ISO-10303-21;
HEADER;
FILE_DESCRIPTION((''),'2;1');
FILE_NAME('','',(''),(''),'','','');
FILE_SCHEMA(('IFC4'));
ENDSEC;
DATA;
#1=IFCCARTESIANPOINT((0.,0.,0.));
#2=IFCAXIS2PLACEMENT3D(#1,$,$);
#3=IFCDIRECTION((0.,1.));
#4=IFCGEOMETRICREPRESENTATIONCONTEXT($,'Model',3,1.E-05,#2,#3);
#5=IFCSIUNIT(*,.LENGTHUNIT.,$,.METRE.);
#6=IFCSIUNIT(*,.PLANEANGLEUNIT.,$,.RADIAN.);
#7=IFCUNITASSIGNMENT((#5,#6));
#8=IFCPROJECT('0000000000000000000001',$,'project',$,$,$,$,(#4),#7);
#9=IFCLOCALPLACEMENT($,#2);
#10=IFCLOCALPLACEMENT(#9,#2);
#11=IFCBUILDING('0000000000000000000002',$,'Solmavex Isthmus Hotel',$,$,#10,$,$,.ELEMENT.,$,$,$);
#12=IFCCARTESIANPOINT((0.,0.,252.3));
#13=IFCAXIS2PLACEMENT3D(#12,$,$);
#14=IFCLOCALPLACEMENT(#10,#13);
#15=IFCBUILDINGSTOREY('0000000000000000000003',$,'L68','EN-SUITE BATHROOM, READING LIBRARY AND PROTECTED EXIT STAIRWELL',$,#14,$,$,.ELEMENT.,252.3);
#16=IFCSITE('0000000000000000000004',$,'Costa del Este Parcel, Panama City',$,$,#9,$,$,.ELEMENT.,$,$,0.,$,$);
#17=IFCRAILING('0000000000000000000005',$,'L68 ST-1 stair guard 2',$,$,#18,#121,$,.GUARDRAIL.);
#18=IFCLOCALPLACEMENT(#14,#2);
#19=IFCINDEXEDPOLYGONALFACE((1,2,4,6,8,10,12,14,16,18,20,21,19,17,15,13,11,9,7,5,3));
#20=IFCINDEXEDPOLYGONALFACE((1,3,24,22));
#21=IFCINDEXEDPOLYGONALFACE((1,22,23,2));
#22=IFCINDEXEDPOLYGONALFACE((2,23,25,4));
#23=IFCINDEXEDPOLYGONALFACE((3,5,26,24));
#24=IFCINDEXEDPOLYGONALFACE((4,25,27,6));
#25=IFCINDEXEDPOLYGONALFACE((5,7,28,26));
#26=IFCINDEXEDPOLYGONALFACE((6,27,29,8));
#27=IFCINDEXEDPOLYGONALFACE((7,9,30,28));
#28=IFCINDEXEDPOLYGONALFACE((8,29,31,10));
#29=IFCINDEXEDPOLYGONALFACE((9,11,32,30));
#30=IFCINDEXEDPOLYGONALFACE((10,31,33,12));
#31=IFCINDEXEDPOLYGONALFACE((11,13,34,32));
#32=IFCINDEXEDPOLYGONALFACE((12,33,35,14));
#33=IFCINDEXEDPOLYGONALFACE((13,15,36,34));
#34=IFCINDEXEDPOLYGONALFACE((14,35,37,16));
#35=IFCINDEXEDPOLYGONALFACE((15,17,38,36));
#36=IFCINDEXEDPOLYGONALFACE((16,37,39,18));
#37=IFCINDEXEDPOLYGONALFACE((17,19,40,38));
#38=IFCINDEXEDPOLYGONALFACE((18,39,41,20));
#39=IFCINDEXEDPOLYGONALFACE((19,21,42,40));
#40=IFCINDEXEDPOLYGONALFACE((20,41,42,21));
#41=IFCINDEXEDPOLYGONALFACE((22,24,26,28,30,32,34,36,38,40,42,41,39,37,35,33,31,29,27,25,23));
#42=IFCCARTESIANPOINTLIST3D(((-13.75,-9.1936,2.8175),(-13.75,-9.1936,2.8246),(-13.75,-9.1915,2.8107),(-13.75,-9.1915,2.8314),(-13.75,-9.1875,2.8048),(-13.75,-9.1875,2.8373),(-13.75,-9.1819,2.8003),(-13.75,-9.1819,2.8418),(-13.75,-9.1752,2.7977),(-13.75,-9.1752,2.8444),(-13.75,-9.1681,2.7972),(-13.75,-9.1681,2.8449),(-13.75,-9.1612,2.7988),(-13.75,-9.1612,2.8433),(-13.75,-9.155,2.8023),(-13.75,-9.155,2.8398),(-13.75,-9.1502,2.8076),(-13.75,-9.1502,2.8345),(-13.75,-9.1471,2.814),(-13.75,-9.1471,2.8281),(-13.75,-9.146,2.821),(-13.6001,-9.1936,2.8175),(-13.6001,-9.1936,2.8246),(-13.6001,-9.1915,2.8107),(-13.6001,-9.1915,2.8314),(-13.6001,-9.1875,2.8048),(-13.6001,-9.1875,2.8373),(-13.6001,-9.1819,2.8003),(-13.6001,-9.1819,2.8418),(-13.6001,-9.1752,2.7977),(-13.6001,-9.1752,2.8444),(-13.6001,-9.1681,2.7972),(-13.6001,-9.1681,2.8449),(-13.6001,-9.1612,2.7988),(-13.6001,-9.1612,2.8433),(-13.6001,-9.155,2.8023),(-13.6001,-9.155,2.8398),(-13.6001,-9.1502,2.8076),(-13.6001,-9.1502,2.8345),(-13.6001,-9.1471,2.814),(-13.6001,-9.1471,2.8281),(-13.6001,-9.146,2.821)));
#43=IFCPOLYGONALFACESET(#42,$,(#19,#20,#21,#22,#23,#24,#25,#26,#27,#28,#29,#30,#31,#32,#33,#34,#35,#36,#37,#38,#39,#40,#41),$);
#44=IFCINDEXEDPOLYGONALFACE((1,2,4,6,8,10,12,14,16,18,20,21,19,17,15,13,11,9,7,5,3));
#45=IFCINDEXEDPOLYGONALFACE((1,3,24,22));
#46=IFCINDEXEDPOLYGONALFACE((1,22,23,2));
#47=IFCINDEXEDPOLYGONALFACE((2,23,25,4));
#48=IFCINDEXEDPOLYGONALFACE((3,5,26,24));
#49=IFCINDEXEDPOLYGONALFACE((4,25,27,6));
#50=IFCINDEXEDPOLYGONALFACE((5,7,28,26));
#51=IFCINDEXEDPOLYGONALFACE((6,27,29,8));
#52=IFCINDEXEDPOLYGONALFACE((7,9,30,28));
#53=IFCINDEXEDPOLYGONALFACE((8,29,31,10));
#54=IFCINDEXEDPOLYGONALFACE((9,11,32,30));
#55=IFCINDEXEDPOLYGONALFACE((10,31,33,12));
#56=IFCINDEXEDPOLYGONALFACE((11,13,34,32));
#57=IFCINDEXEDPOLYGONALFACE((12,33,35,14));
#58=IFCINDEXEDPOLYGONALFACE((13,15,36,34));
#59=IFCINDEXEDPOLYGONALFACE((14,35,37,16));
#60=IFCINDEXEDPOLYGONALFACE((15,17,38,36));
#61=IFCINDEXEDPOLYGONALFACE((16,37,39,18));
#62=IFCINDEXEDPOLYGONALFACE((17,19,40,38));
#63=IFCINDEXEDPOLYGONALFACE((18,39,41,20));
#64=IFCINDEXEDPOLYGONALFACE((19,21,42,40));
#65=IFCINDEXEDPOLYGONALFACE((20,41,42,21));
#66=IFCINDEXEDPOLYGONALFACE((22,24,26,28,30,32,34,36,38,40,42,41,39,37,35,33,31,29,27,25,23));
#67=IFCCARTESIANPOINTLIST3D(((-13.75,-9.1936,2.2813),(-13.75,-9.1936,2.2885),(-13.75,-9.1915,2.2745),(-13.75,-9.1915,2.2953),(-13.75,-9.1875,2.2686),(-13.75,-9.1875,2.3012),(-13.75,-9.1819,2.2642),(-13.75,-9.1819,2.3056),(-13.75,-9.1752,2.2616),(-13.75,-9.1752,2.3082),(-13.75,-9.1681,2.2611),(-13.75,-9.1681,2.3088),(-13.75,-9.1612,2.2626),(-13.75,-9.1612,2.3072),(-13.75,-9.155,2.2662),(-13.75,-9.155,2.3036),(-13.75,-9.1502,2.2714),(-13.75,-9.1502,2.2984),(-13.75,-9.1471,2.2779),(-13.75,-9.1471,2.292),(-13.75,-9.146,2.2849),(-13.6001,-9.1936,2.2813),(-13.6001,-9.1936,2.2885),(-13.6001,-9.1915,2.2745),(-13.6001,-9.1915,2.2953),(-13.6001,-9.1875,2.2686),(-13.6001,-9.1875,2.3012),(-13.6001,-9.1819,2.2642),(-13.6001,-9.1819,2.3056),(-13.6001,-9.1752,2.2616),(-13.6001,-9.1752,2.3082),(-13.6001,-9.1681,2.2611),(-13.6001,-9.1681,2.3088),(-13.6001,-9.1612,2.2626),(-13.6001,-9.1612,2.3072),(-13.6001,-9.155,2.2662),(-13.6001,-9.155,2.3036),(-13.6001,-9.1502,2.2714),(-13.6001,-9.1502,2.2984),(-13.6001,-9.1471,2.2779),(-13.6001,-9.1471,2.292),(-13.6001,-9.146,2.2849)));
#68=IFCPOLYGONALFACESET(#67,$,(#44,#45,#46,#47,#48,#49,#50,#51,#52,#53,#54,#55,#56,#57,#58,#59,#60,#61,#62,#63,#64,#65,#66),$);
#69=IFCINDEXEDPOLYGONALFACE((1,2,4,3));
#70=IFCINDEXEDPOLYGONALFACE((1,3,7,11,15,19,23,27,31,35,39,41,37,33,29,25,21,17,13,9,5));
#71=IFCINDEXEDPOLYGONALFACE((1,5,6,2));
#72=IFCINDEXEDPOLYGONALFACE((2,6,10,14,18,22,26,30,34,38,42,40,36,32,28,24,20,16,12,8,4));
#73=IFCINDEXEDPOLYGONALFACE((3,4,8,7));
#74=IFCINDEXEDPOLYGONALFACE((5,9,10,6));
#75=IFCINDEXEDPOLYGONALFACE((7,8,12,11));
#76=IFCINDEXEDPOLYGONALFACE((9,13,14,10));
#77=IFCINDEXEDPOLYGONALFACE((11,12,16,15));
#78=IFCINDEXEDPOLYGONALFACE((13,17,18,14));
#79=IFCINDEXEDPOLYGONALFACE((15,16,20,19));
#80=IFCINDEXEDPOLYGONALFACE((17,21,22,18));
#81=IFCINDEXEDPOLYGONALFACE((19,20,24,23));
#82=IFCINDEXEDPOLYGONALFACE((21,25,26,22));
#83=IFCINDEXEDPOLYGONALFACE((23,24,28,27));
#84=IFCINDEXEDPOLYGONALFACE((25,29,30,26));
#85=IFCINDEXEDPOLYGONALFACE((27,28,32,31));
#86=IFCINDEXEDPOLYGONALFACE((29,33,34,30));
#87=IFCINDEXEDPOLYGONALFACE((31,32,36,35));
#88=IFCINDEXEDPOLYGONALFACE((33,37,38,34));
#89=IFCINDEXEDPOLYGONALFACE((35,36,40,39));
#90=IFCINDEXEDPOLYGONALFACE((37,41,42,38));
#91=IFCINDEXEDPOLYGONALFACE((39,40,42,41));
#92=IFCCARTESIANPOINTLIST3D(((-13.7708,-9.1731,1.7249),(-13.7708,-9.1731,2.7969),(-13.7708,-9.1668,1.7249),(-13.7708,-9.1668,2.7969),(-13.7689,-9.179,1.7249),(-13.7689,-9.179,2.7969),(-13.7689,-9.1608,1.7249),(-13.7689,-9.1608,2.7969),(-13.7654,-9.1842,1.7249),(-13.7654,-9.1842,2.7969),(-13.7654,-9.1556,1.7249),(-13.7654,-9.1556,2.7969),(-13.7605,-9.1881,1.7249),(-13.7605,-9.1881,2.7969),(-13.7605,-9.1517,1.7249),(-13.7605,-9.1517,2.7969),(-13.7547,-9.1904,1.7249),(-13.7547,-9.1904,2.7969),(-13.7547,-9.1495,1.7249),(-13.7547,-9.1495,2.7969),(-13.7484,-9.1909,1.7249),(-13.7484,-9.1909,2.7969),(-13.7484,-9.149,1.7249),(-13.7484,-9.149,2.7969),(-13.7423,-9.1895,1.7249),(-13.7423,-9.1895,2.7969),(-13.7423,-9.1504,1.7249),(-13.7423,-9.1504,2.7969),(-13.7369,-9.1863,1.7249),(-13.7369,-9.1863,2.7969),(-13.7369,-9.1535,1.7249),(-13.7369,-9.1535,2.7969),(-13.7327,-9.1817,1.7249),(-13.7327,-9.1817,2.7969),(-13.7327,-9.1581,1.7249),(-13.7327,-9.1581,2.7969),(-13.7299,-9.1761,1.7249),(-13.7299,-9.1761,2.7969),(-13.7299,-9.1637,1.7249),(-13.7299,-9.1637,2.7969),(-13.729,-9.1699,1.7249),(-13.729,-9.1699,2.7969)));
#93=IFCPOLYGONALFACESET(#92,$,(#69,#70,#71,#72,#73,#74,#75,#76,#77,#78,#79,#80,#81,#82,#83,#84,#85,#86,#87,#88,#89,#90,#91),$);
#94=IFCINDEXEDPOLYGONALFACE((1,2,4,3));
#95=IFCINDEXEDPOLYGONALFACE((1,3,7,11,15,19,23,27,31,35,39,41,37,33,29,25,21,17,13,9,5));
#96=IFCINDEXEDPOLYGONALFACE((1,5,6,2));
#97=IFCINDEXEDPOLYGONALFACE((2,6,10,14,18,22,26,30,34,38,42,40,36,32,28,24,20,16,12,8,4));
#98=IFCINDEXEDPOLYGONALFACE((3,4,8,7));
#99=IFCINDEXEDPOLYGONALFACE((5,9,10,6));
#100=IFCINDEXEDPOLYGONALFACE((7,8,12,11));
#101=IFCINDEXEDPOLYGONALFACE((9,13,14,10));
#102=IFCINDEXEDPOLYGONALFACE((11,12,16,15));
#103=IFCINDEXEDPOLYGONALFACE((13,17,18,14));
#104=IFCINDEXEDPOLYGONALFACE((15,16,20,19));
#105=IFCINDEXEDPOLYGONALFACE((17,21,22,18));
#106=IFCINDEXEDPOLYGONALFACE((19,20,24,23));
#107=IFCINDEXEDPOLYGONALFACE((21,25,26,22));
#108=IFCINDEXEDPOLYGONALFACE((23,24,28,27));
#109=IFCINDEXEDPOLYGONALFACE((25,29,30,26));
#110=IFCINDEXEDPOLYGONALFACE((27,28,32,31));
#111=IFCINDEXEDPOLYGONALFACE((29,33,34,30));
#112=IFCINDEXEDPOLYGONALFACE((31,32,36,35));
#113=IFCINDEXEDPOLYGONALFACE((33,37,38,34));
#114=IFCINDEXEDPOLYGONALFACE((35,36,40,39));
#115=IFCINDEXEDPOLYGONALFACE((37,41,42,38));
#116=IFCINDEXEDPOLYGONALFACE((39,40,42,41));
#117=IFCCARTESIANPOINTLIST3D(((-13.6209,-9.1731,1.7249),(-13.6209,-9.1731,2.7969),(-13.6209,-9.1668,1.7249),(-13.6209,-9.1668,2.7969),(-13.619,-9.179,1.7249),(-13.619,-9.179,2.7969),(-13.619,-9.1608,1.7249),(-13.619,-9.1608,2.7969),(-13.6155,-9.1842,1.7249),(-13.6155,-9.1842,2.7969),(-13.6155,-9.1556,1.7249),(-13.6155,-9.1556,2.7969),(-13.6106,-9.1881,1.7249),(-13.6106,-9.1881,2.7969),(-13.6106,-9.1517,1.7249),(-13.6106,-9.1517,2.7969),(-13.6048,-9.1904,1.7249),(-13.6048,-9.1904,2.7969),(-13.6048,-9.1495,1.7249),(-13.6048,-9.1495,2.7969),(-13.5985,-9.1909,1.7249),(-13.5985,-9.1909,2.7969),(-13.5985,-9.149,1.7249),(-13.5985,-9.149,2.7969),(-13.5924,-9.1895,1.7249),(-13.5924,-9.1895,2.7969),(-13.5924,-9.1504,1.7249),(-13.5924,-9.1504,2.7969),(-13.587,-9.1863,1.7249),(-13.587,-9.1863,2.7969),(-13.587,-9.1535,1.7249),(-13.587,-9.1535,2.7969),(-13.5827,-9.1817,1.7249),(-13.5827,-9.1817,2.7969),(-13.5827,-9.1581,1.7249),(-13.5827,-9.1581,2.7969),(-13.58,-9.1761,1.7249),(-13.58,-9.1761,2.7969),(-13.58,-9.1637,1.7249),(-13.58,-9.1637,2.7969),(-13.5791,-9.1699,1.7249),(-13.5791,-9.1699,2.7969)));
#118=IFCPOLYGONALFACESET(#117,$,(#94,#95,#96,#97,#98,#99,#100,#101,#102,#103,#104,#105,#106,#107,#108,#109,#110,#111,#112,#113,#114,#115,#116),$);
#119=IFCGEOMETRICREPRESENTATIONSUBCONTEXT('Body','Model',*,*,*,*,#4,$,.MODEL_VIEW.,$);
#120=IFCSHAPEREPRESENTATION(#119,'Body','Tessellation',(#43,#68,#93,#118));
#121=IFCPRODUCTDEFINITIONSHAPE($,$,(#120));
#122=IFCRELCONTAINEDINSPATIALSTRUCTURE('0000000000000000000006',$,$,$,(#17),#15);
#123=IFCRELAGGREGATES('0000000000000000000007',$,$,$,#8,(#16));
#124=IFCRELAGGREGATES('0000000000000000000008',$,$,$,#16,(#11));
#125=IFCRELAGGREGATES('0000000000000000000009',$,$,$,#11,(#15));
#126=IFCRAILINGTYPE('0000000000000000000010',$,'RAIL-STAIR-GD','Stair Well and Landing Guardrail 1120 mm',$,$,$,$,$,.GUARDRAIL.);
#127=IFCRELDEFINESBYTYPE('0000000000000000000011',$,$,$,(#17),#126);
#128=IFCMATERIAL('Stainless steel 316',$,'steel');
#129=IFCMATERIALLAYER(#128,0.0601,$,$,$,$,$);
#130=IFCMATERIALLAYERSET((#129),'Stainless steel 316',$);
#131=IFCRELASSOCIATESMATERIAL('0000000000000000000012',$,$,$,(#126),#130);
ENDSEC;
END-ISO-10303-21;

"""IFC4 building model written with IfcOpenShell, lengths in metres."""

from ifc_helpers import new_model, si_unit, direction, frame, origin, origin_2d, place, context, subcontext, project, spatial, circle, extrude, material, layer, layer_set, type_object, element, save


model = new_model("IFC4")

# Units and contexts
model_context = context("Model", 3, precision=1e-05, world=origin(), true_north=direction((0.0, 1.0)))
body_context = subcontext(model_context, "Body", "Model", "MODEL_VIEW")
ifc_project = project(units=[si_unit("LENGTHUNIT", "METRE"), si_unit("PLANEANGLEUNIT", "RADIAN")], contexts=[model_context])

# Site, building, storey
site_placement = place(None, origin())
site = spatial("IfcSite", under=ifc_project, at=site_placement, Name="Costa del Este Parcel, Panama City", CompositionType="ELEMENT", RefElevation=0.0)
building_placement = place(site_placement, origin())
building = spatial("IfcBuilding", under=site, at=building_placement, Name="Solmavex Isthmus Hotel", CompositionType="ELEMENT")
storey_placement = place(building_placement, frame((0.0, 0.0, 252.3)))
storey = spatial("IfcBuildingStorey", under=building, at=storey_placement, Name="L68", Description="EN-SUITE BATHROOM, READING LIBRARY AND PROTECTED EXIT STAIRWELL", CompositionType="ELEMENT", Elevation=252.3)

# Railing
ifc_material_1 = material(Name="Stainless steel 316", Category="steel")
ifc_layer_1 = layer(ifc_material_1, 0.0601)
ifc_layer_set_1 = layer_set([ifc_layer_1], Name="Stainless steel 316")
railing_type_1 = type_object("IfcRailingType", Name="RAIL-STAIR-GD", Description="Stair Well and Landing Guardrail 1120 mm", PredefinedType="GUARDRAIL", material=ifc_layer_set_1)
railing_1_placement = place(storey_placement, frame((-13.75, -9.1699, 1.7249)))
element("IfcRailing", 1, at=railing_1_placement, inside=storey, type_object=railing_type_1, Name="L68 ST-1 stair guard 2", PredefinedType="GUARDRAIL", context=body_context, shape_type="SweptSolid", body=[
    extrude(circle(Radius=0.0239, at=origin_2d()), frame((0.0, 0.0, 1.0962), z_axis=(1.0, 0.0, 0.0), x_axis=(0.0, 1.0, 0.0)), (0.0, 0.0, 1.0), 0.1499),
    extrude(circle(Radius=0.0239, at=origin_2d()), frame((0.0, 0.0, 0.5601), z_axis=(1.0, 0.0, 0.0), x_axis=(0.0, 1.0, 0.0)), (0.0, 0.0, 1.0), 0.1499),
    extrude(circle(Radius=0.021, at=origin_2d()), origin(), (0.0, 0.0, 1.0), 1.072),
    extrude(circle(Radius=0.021, at=origin_2d()), frame((0.1499, 0.0, 0.0)), (0.0, 0.0, 1.0), 1.072),
])

save(model, "model.ifc")
